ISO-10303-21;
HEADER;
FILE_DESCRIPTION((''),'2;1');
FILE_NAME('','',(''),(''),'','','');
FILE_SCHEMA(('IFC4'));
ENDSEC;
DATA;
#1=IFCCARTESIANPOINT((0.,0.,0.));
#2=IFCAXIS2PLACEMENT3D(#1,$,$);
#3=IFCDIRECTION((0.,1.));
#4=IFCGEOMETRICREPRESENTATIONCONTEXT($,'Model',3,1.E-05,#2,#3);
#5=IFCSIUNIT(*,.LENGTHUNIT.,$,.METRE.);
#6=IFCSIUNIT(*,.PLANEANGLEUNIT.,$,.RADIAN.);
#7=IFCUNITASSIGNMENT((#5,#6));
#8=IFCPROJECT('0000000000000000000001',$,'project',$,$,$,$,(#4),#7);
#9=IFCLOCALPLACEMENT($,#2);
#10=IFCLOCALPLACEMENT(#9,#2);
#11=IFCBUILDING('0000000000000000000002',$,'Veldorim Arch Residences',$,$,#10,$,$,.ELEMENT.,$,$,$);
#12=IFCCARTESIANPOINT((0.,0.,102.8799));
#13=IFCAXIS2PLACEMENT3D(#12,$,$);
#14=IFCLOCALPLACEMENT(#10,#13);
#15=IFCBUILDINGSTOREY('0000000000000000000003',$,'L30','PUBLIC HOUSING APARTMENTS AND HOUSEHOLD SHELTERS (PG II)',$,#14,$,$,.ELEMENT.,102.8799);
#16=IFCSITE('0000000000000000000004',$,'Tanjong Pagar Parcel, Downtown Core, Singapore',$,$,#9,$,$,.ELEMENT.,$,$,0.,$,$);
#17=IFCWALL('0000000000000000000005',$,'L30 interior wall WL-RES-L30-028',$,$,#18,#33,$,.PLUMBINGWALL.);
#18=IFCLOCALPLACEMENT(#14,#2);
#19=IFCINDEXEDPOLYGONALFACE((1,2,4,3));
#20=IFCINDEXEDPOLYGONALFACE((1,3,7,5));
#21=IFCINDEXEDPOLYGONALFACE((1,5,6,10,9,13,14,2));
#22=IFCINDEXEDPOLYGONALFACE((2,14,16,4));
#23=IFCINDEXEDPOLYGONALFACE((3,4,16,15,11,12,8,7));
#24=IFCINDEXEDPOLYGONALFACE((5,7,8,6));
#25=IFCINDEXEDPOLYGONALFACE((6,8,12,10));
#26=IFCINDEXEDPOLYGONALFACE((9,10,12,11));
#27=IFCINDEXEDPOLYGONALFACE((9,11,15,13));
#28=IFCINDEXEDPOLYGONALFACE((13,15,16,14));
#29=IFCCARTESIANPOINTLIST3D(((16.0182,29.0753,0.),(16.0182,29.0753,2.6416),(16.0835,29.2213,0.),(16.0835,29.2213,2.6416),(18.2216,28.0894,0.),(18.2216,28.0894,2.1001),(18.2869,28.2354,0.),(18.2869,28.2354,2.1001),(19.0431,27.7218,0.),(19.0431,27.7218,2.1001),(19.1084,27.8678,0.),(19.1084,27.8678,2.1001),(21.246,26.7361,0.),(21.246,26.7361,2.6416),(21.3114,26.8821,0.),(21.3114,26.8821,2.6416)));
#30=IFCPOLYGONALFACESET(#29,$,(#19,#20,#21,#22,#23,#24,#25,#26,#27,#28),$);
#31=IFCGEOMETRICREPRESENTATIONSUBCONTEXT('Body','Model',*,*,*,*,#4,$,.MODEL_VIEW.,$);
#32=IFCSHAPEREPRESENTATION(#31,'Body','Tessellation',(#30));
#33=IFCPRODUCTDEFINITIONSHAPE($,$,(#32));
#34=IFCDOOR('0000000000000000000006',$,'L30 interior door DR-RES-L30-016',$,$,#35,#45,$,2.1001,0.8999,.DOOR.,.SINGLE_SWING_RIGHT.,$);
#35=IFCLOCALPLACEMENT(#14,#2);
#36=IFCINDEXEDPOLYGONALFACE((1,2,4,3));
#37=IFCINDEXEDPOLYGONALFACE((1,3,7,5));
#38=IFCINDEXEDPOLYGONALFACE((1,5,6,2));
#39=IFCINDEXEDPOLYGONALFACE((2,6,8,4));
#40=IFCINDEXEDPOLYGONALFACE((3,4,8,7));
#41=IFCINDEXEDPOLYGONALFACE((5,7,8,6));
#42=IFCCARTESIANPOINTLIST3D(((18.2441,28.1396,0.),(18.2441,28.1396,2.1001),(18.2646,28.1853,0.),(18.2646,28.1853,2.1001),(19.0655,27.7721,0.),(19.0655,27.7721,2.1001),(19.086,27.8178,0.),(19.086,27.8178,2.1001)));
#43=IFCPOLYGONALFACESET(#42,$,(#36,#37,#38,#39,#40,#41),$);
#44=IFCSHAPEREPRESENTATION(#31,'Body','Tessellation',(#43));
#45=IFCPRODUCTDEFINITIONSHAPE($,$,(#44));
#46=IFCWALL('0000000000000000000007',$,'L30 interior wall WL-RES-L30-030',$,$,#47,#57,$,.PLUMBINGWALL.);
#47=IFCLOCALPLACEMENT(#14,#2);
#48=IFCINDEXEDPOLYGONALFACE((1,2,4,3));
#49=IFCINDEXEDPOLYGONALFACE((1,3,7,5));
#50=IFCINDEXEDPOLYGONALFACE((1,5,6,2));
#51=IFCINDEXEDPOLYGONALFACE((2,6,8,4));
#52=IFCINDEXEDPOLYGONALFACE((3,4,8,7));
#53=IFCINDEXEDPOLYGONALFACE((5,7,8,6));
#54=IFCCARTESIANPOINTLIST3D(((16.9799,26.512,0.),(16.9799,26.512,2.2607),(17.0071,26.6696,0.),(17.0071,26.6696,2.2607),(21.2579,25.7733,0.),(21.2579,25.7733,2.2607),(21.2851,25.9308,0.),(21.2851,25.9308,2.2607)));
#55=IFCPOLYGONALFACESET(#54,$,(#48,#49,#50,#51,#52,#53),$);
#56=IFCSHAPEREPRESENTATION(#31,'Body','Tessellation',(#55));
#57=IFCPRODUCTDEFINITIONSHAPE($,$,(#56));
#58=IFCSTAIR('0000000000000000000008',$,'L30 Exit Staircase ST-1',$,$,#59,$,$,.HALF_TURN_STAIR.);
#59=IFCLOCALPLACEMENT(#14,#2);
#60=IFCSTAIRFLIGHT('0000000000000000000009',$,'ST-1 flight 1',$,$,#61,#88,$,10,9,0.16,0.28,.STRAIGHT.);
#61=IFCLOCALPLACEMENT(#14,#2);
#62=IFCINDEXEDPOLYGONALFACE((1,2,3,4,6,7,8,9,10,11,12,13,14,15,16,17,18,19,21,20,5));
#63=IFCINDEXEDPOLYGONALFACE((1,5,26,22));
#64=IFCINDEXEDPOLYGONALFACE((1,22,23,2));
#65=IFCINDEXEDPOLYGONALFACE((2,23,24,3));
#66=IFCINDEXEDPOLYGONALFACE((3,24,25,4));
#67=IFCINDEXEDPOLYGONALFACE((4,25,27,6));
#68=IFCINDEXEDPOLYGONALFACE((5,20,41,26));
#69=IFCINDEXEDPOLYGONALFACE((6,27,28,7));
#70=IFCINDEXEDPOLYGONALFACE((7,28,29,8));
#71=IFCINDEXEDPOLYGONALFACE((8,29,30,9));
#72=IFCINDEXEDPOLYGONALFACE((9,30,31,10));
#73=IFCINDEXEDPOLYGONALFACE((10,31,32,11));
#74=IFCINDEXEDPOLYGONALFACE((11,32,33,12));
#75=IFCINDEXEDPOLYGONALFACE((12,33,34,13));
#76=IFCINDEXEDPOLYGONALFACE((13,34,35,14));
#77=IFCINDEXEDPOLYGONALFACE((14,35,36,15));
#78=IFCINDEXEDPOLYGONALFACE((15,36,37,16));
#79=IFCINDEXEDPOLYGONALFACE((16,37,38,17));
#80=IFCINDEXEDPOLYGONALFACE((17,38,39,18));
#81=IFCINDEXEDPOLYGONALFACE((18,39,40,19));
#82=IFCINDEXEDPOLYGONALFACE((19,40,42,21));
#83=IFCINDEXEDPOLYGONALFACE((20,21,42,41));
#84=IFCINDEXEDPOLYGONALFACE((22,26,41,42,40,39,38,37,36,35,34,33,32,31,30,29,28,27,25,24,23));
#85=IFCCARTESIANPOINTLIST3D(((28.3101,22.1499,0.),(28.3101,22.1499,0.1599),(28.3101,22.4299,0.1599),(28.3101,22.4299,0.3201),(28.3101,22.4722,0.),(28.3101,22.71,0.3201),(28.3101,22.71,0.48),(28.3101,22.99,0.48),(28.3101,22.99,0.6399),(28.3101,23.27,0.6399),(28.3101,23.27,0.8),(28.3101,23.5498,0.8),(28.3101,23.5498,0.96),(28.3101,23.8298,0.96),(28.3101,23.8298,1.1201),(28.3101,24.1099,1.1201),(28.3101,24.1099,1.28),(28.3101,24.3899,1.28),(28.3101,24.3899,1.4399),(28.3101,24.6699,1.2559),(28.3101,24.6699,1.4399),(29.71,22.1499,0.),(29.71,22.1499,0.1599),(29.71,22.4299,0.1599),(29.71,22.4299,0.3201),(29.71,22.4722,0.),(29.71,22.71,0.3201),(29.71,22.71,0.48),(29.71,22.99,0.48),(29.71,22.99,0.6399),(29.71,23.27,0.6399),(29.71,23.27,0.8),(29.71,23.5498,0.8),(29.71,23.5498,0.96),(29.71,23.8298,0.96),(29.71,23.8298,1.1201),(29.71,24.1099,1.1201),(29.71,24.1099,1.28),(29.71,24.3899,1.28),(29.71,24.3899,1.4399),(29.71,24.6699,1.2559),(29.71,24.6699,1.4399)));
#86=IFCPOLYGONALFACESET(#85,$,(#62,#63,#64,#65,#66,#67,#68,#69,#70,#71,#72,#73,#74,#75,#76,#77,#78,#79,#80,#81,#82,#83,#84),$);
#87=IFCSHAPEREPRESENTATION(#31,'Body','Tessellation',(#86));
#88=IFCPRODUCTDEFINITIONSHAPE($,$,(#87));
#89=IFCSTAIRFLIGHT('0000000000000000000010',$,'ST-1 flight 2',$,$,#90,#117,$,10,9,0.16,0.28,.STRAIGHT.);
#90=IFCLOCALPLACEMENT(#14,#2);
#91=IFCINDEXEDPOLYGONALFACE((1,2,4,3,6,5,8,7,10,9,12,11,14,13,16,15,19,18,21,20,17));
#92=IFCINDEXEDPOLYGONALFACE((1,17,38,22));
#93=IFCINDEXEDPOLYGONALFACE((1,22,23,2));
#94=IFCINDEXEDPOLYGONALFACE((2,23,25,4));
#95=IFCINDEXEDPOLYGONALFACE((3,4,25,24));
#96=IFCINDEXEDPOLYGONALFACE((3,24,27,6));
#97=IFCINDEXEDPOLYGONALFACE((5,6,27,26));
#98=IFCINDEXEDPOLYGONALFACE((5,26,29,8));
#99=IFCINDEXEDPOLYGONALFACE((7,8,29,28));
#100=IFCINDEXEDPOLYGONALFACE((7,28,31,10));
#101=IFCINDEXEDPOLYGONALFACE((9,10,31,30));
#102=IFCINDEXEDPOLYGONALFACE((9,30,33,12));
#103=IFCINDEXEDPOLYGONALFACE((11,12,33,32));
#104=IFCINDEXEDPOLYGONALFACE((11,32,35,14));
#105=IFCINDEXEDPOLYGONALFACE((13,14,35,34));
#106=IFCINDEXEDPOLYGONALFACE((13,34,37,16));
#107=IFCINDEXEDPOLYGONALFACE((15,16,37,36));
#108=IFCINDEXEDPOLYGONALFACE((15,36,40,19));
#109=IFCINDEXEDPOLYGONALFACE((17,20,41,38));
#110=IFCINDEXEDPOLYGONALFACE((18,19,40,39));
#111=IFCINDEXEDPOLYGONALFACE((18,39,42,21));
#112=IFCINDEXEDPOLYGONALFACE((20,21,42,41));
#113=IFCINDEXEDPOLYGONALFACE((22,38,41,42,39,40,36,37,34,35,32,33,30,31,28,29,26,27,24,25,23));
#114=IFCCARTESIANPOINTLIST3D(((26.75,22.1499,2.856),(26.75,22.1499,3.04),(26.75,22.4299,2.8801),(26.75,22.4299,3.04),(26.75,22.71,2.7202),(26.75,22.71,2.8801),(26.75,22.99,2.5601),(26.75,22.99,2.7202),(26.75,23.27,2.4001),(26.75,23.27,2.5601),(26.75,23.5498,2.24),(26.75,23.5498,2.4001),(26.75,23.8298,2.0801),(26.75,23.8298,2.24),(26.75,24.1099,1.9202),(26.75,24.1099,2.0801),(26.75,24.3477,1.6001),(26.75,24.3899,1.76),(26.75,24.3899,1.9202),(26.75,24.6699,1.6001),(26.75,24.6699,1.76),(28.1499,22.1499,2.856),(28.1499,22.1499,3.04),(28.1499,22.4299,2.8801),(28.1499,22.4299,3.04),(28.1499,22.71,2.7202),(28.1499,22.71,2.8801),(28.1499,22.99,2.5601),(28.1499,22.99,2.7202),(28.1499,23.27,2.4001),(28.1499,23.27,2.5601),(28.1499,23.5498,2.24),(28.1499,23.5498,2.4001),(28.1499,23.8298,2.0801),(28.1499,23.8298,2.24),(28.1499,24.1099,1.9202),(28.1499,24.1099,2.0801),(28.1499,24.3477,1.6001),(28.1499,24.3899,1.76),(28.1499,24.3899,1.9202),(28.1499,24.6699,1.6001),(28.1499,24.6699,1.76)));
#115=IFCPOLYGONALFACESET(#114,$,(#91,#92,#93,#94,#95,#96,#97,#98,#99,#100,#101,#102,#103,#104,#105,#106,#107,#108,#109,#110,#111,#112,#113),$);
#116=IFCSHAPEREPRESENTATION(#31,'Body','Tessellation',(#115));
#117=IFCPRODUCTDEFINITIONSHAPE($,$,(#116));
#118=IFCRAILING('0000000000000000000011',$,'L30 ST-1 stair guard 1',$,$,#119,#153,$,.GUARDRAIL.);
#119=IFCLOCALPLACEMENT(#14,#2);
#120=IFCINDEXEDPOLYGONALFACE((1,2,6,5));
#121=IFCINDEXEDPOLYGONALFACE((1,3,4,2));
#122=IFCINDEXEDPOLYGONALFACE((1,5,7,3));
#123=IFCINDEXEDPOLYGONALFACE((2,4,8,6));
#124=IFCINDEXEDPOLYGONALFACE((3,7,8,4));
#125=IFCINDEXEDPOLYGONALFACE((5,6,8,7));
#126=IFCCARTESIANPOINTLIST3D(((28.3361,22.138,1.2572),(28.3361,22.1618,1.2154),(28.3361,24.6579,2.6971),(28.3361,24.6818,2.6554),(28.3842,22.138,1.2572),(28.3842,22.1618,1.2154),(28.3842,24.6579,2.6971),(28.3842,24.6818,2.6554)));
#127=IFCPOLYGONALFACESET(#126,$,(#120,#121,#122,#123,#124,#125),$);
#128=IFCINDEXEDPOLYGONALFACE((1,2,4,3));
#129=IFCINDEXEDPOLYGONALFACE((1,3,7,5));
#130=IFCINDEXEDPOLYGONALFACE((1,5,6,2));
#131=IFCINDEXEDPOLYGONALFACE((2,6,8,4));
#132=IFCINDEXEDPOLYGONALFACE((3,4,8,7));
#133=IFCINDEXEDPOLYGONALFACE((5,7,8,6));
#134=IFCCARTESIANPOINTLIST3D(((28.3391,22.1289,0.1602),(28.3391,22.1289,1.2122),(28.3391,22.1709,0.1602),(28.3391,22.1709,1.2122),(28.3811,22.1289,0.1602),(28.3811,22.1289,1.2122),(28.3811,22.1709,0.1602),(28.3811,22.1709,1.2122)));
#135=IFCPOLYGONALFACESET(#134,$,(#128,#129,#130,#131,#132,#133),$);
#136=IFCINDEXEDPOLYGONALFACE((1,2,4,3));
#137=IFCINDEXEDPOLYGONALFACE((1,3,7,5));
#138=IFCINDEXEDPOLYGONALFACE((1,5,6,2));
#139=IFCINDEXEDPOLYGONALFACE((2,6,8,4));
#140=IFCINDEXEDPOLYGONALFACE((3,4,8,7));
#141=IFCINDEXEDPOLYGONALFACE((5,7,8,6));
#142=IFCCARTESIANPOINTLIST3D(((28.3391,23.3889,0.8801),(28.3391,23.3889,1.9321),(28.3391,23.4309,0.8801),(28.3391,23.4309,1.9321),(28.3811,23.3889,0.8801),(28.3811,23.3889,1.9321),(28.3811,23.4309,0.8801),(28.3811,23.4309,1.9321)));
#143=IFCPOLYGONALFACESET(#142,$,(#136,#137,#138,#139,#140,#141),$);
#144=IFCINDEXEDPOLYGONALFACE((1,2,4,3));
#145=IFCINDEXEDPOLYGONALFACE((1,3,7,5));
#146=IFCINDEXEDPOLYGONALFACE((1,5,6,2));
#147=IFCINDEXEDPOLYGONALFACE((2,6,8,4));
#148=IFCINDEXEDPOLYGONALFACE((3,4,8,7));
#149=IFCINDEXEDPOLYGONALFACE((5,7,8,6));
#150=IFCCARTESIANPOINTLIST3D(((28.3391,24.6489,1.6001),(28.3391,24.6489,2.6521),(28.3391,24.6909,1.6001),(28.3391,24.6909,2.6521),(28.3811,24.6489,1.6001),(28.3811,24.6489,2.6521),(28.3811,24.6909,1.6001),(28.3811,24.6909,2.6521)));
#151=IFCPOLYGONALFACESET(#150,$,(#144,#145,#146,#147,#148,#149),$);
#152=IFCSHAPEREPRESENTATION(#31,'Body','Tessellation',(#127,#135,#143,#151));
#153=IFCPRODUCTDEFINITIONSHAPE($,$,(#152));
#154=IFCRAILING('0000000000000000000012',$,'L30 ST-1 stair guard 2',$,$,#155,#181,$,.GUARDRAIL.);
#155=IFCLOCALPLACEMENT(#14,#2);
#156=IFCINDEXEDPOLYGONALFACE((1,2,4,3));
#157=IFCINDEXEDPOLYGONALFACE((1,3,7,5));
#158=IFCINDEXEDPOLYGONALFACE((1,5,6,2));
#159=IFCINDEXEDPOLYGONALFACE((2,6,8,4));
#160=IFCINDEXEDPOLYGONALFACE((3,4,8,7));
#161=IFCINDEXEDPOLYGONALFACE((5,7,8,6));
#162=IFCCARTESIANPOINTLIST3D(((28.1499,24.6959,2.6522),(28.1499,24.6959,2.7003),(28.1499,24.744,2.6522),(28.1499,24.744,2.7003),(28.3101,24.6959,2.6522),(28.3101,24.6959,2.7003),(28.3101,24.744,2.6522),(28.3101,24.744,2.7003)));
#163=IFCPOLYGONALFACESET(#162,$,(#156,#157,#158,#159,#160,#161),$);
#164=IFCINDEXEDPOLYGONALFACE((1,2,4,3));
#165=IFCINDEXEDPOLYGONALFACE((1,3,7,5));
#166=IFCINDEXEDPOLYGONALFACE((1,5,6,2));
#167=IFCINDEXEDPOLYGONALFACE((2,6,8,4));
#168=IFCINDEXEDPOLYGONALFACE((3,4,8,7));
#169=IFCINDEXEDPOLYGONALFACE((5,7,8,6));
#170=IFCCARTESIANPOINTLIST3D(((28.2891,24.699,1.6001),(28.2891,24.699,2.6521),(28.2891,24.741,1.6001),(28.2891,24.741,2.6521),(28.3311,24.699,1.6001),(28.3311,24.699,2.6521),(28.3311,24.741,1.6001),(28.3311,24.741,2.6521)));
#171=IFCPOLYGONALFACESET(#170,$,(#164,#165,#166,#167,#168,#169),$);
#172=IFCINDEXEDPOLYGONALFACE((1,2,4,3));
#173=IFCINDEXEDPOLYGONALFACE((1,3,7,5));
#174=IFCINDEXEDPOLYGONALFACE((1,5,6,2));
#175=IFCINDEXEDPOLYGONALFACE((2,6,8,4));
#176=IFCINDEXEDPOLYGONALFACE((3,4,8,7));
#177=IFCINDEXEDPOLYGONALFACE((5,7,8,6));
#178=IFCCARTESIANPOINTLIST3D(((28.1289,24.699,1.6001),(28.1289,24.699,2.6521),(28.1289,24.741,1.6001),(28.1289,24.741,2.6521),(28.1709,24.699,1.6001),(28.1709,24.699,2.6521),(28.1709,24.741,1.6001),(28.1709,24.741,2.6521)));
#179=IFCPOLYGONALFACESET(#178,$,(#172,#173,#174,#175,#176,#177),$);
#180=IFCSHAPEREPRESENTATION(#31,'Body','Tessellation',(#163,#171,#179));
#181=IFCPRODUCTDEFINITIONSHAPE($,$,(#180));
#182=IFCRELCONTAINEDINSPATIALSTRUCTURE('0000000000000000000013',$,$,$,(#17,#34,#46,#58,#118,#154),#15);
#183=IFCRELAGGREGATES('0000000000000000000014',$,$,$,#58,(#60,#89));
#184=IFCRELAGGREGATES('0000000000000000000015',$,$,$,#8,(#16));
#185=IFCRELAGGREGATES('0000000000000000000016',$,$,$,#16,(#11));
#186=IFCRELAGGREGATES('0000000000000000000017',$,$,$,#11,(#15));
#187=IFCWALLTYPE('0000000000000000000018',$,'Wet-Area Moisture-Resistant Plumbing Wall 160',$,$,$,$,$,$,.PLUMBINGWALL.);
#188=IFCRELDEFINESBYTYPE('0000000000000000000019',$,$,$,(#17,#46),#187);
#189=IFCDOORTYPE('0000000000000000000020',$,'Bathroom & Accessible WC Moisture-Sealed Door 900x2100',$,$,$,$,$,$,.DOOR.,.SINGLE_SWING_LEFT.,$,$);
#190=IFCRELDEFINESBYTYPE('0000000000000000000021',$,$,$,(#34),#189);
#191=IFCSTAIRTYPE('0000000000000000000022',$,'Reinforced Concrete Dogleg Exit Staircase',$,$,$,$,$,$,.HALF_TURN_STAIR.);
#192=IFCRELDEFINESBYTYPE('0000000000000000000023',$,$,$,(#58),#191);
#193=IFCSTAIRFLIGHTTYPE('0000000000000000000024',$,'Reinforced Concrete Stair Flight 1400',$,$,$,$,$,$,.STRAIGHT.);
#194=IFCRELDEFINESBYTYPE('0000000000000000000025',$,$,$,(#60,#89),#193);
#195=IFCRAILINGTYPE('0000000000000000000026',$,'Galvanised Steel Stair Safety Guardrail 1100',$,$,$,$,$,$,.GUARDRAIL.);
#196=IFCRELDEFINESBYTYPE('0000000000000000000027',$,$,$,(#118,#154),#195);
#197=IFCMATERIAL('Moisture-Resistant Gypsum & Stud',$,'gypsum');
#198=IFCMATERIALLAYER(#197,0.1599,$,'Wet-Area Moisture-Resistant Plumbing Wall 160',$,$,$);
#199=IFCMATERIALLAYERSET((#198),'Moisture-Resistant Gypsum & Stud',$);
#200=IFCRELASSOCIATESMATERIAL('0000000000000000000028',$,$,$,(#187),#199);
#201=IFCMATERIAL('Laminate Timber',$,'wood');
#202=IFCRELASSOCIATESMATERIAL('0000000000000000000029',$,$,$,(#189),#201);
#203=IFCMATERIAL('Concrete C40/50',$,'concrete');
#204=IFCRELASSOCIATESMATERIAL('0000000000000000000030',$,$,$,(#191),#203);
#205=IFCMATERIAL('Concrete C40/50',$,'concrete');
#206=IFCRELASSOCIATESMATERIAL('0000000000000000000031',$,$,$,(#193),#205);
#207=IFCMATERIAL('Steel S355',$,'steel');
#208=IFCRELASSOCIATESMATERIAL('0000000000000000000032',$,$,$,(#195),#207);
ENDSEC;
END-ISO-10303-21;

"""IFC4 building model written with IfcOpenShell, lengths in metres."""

from ifc_helpers import new_model, si_unit, direction, frame, frame_2d, origin, origin_2d, place, context, subcontext, project, spatial, polyline, rectangle, outline, extrude, material, layer, layer_set, type_object, element, fill, aggregate, save


model = new_model("IFC4")

# Units and contexts
model_context = context("Model", 3, precision=1e-05, world=origin(), true_north=direction((0.0, 1.0)))
body_context = subcontext(model_context, "Body", "Model", "MODEL_VIEW")
ifc_project = project(units=[si_unit("LENGTHUNIT", "METRE"), si_unit("PLANEANGLEUNIT", "RADIAN")], contexts=[model_context])

# Site, building, storey
site_placement = place(None, origin())
site = spatial("IfcSite", under=ifc_project, at=site_placement, Name="Tanjong Pagar Parcel, Downtown Core, Singapore", CompositionType="ELEMENT", RefElevation=0.0)
building_placement = place(site_placement, origin())
building = spatial("IfcBuilding", under=site, at=building_placement, Name="Veldorim Arch Residences", CompositionType="ELEMENT")
storey_placement = place(building_placement, frame((0.0, 0.0, 102.8799)))
storey = spatial("IfcBuildingStorey", under=building, at=storey_placement, Name="L30", Description="PUBLIC HOUSING APARTMENTS AND HOUSEHOLD SHELTERS (PG II)", CompositionType="ELEMENT", Elevation=102.8799)

# Wall, opening, door
ifc_material_1 = material(Name="Moisture-Resistant Gypsum & Stud", Category="gypsum")
ifc_layer_1 = layer(ifc_material_1, 0.1599, Name="Wet-Area Moisture-Resistant Plumbing Wall 160")
ifc_layer_set_1 = layer_set([ifc_layer_1], Name="Moisture-Resistant Gypsum & Stud")
wall_type_1 = type_object("IfcWallType", Name="Wet-Area Moisture-Resistant Plumbing Wall 160", PredefinedType="PLUMBINGWALL", material=ifc_layer_set_1)
wall_1_placement = place(storey_placement, frame((21.2788, 26.8091, 0.0), z_axis=(0.0, 0.0, 1.0), x_axis=(-0.912794, 0.408419, 0.0)))
wall_1 = element("IfcWall", 1, at=wall_1_placement, inside=storey, type_object=wall_type_1, Name="L30 interior wall WL-RES-L30-028", PredefinedType="PLUMBINGWALL", context=body_context, shape_type="SweptSolid", body=[
    extrude(rectangle(XDim=5.7273, YDim=0.1599, at=frame_2d((2.8638, 0.0))), origin(), (0.0, 0.0, 1.0), 2.6416),
])
opening_placement = place(wall_1_placement, frame((2.4136, 0.0, 0.0)))
opening = element("IfcOpeningElement", 2, at=opening_placement, cuts=wall_1, PredefinedType="OPENING", context=body_context, shape_type="SweptSolid", body=[
    extrude(rectangle(XDim=0.8999, YDim=2.1001, at=frame_2d((0.45, 1.05))), frame((0.0, 0.0898, 0.0), z_axis=(0.0, -1.0, 0.0), x_axis=(1.0, 0.0, 0.0)), (0.0, 0.0, 1.0), 0.1799),
])
ifc_material_2 = material(Name="Laminate Timber", Category="wood")
door_type = type_object("IfcDoorType", Name="Bathroom & Accessible WC Moisture-Sealed Door 900x2100", OperationType="SINGLE_SWING_LEFT", PredefinedType="DOOR", material=ifc_material_2)
door_placement = place(opening_placement, origin())
door = element("IfcDoor", 3, at=door_placement, inside=storey, type_object=door_type, Name="L30 interior door DR-RES-L30-016", OperationType="SINGLE_SWING_RIGHT", OverallHeight=2.1001, OverallWidth=0.8999, PredefinedType="DOOR", context=body_context, shape_type="SweptSolid", body=[
    extrude(rectangle(XDim=0.8999, YDim=2.1001, at=frame_2d((0.45, 1.05))), frame((0.0, 0.0249, 0.0), z_axis=(0.0, -1.0, 0.0), x_axis=(1.0, 0.0, 0.0)), (0.0, 0.0, 1.0), 0.05),
])
fill(opening, door)

# Wall
wall_2_placement = place(storey_placement, frame((21.2715, 25.8521, 0.0), z_axis=(0.0, 0.0, 1.0), x_axis=(-0.985415, 0.170169, 0.0)))
element("IfcWall", 4, at=wall_2_placement, inside=storey, type_object=wall_type_1, Name="L30 interior wall WL-RES-L30-030", PredefinedType="PLUMBINGWALL", context=body_context, shape_type="SweptSolid", body=[
    extrude(rectangle(XDim=4.3413, YDim=0.1599, at=frame_2d((2.1707, 0.0))), origin(), (0.0, 0.0, 1.0), 2.2607),
])

# Stair, stair flights
ifc_material_3 = material(Name="Concrete C40/50", Category="concrete")
stair_type = type_object("IfcStairType", Name="Reinforced Concrete Dogleg Exit Staircase", PredefinedType="HALF_TURN_STAIR", material=ifc_material_3)
stair_placement = place(storey_placement, origin())
stair = element("IfcStair", 5, at=stair_placement, inside=storey, type_object=stair_type, Name="L30 Exit Staircase ST-1", PredefinedType="HALF_TURN_STAIR")
ifc_material_4 = material(Name="Concrete C40/50", Category="concrete")
stair_flight_type = type_object("IfcStairFlightType", Name="Reinforced Concrete Stair Flight 1400", PredefinedType="STRAIGHT", material=ifc_material_4)
stair_flight_1_placement = place(storey_placement, frame((29.01, 22.1499, 0.0), z_axis=(0.0, 0.0, 1.0), x_axis=(0.0, 1.0, 0.0)))
stair_flight_1 = element("IfcStairFlight", 6, at=stair_flight_1_placement, type_object=stair_flight_type, Name="ST-1 flight 1", NumberOfRisers=10, NumberOfTreads=9, PredefinedType="STRAIGHT", RiserHeight=0.16, TreadLength=0.28, context=body_context, shape_type="SweptSolid", body=[
    extrude(outline(polyline([(0.0, 0.0), (0.0, 0.1599), (0.28, 0.1599), (0.28, 0.3201), (0.5601, 0.3201), (0.5601, 0.48), (0.8401, 0.48), (0.8401, 0.6399), (1.1201, 0.6399), (1.1201, 0.8), (1.3999, 0.8), (1.3999, 0.96), (1.6799, 0.96), (1.6799, 1.1201), (1.96, 1.1201), (1.96, 1.28), (2.24, 1.28), (2.24, 1.4399), (2.52, 1.4399), (2.52, 1.6001), (2.52, 1.2559), (0.3223, 0.0), (0.0, 0.0)])), frame((0.0, 0.7, 0.0), z_axis=(0.0, -1.0, 0.0), x_axis=(1.0, 0.0, 0.0)), (0.0, 0.0, 1.0), 1.3999),
])
stair_flight_2_placement = place(storey_placement, frame((27.45, 24.6699, 1.6001), z_axis=(0.0, 0.0, 1.0), x_axis=(0.0, -1.0, 0.0)))
stair_flight_2 = element("IfcStairFlight", 7, at=stair_flight_2_placement, type_object=stair_flight_type, Name="ST-1 flight 2", NumberOfRisers=10, NumberOfTreads=9, PredefinedType="STRAIGHT", RiserHeight=0.16, TreadLength=0.28, context=body_context, shape_type="SweptSolid", body=[
    extrude(outline(polyline([(0.0, 0.0), (0.0, 0.1599), (0.28, 0.1599), (0.28, 0.3201), (0.5601, 0.3201), (0.5601, 0.48), (0.8401, 0.48), (0.8401, 0.6399), (1.1201, 0.6399), (1.1201, 0.8), (1.3999, 0.8), (1.3999, 0.96), (1.6799, 0.96), (1.6799, 1.1201), (1.96, 1.1201), (1.96, 1.28), (2.24, 1.28), (2.24, 1.4399), (2.52, 1.4399), (2.52, 1.6001), (2.52, 1.2559), (0.3223, 0.0), (0.0, 0.0)])), frame((0.0, 0.7, 0.0), z_axis=(0.0, -1.0, 0.0), x_axis=(1.0, 0.0, 0.0)), (0.0, 0.0, 1.0), 1.3999),
])
aggregate(stair, [stair_flight_1, stair_flight_2])

# Railings
ifc_material_5 = material(Name="Steel S355", Category="steel")
railing_type_1 = type_object("IfcRailingType", Name="Galvanised Steel Stair Safety Guardrail 1100", PredefinedType="GUARDRAIL", material=ifc_material_5)
railing_1_placement = place(storey_placement, frame((28.3601, 22.1499, 0.1602)))
element("IfcRailing", 8, at=railing_1_placement, inside=storey, type_object=railing_type_1, Name="L30 ST-1 stair guard 1", PredefinedType="GUARDRAIL", context=body_context, shape_type="SweptSolid", body=[
    extrude(rectangle(XDim=0.0481, YDim=0.0481, at=origin_2d()), frame((0.0, 0.0, 1.0762), z_axis=(0.0, 0.868253, 0.496121), x_axis=(-1.0, 0.0, 0.0)), (0.0, 0.0, 1.0), 2.9023),
    extrude(rectangle(XDim=0.042, YDim=0.042, at=origin_2d()), origin(), (0.0, 0.0, 1.0), 1.052),
    extrude(rectangle(XDim=0.042, YDim=0.042, at=origin_2d()), frame((0.0, 1.26, 0.72)), (0.0, 0.0, 1.0), 1.052),
    extrude(rectangle(XDim=0.042, YDim=0.042, at=origin_2d()), frame((0.0, 2.52, 1.4399)), (0.0, 0.0, 1.0), 1.052),
])
railing_2_placement = place(storey_placement, frame((28.3101, 24.72, 1.6001)))
element("IfcRailing", 9, at=railing_2_placement, inside=storey, type_object=railing_type_1, Name="L30 ST-1 stair guard 2", PredefinedType="GUARDRAIL", context=body_context, shape_type="SweptSolid", body=[
    extrude(rectangle(XDim=0.0481, YDim=0.0481, at=origin_2d()), frame((0.0, 0.0, 1.0762), z_axis=(-1.0, 0.0, 0.0), x_axis=(0.0, -1.0, 0.0)), (0.0, 0.0, 1.0), 0.1602),
    extrude(rectangle(XDim=0.042, YDim=0.042, at=origin_2d()), origin(), (0.0, 0.0, 1.0), 1.052),
    extrude(rectangle(XDim=0.042, YDim=0.042, at=origin_2d()), frame((-0.1602, 0.0, 0.0)), (0.0, 0.0, 1.0), 1.052),
])

save(model, "model.ifc")
